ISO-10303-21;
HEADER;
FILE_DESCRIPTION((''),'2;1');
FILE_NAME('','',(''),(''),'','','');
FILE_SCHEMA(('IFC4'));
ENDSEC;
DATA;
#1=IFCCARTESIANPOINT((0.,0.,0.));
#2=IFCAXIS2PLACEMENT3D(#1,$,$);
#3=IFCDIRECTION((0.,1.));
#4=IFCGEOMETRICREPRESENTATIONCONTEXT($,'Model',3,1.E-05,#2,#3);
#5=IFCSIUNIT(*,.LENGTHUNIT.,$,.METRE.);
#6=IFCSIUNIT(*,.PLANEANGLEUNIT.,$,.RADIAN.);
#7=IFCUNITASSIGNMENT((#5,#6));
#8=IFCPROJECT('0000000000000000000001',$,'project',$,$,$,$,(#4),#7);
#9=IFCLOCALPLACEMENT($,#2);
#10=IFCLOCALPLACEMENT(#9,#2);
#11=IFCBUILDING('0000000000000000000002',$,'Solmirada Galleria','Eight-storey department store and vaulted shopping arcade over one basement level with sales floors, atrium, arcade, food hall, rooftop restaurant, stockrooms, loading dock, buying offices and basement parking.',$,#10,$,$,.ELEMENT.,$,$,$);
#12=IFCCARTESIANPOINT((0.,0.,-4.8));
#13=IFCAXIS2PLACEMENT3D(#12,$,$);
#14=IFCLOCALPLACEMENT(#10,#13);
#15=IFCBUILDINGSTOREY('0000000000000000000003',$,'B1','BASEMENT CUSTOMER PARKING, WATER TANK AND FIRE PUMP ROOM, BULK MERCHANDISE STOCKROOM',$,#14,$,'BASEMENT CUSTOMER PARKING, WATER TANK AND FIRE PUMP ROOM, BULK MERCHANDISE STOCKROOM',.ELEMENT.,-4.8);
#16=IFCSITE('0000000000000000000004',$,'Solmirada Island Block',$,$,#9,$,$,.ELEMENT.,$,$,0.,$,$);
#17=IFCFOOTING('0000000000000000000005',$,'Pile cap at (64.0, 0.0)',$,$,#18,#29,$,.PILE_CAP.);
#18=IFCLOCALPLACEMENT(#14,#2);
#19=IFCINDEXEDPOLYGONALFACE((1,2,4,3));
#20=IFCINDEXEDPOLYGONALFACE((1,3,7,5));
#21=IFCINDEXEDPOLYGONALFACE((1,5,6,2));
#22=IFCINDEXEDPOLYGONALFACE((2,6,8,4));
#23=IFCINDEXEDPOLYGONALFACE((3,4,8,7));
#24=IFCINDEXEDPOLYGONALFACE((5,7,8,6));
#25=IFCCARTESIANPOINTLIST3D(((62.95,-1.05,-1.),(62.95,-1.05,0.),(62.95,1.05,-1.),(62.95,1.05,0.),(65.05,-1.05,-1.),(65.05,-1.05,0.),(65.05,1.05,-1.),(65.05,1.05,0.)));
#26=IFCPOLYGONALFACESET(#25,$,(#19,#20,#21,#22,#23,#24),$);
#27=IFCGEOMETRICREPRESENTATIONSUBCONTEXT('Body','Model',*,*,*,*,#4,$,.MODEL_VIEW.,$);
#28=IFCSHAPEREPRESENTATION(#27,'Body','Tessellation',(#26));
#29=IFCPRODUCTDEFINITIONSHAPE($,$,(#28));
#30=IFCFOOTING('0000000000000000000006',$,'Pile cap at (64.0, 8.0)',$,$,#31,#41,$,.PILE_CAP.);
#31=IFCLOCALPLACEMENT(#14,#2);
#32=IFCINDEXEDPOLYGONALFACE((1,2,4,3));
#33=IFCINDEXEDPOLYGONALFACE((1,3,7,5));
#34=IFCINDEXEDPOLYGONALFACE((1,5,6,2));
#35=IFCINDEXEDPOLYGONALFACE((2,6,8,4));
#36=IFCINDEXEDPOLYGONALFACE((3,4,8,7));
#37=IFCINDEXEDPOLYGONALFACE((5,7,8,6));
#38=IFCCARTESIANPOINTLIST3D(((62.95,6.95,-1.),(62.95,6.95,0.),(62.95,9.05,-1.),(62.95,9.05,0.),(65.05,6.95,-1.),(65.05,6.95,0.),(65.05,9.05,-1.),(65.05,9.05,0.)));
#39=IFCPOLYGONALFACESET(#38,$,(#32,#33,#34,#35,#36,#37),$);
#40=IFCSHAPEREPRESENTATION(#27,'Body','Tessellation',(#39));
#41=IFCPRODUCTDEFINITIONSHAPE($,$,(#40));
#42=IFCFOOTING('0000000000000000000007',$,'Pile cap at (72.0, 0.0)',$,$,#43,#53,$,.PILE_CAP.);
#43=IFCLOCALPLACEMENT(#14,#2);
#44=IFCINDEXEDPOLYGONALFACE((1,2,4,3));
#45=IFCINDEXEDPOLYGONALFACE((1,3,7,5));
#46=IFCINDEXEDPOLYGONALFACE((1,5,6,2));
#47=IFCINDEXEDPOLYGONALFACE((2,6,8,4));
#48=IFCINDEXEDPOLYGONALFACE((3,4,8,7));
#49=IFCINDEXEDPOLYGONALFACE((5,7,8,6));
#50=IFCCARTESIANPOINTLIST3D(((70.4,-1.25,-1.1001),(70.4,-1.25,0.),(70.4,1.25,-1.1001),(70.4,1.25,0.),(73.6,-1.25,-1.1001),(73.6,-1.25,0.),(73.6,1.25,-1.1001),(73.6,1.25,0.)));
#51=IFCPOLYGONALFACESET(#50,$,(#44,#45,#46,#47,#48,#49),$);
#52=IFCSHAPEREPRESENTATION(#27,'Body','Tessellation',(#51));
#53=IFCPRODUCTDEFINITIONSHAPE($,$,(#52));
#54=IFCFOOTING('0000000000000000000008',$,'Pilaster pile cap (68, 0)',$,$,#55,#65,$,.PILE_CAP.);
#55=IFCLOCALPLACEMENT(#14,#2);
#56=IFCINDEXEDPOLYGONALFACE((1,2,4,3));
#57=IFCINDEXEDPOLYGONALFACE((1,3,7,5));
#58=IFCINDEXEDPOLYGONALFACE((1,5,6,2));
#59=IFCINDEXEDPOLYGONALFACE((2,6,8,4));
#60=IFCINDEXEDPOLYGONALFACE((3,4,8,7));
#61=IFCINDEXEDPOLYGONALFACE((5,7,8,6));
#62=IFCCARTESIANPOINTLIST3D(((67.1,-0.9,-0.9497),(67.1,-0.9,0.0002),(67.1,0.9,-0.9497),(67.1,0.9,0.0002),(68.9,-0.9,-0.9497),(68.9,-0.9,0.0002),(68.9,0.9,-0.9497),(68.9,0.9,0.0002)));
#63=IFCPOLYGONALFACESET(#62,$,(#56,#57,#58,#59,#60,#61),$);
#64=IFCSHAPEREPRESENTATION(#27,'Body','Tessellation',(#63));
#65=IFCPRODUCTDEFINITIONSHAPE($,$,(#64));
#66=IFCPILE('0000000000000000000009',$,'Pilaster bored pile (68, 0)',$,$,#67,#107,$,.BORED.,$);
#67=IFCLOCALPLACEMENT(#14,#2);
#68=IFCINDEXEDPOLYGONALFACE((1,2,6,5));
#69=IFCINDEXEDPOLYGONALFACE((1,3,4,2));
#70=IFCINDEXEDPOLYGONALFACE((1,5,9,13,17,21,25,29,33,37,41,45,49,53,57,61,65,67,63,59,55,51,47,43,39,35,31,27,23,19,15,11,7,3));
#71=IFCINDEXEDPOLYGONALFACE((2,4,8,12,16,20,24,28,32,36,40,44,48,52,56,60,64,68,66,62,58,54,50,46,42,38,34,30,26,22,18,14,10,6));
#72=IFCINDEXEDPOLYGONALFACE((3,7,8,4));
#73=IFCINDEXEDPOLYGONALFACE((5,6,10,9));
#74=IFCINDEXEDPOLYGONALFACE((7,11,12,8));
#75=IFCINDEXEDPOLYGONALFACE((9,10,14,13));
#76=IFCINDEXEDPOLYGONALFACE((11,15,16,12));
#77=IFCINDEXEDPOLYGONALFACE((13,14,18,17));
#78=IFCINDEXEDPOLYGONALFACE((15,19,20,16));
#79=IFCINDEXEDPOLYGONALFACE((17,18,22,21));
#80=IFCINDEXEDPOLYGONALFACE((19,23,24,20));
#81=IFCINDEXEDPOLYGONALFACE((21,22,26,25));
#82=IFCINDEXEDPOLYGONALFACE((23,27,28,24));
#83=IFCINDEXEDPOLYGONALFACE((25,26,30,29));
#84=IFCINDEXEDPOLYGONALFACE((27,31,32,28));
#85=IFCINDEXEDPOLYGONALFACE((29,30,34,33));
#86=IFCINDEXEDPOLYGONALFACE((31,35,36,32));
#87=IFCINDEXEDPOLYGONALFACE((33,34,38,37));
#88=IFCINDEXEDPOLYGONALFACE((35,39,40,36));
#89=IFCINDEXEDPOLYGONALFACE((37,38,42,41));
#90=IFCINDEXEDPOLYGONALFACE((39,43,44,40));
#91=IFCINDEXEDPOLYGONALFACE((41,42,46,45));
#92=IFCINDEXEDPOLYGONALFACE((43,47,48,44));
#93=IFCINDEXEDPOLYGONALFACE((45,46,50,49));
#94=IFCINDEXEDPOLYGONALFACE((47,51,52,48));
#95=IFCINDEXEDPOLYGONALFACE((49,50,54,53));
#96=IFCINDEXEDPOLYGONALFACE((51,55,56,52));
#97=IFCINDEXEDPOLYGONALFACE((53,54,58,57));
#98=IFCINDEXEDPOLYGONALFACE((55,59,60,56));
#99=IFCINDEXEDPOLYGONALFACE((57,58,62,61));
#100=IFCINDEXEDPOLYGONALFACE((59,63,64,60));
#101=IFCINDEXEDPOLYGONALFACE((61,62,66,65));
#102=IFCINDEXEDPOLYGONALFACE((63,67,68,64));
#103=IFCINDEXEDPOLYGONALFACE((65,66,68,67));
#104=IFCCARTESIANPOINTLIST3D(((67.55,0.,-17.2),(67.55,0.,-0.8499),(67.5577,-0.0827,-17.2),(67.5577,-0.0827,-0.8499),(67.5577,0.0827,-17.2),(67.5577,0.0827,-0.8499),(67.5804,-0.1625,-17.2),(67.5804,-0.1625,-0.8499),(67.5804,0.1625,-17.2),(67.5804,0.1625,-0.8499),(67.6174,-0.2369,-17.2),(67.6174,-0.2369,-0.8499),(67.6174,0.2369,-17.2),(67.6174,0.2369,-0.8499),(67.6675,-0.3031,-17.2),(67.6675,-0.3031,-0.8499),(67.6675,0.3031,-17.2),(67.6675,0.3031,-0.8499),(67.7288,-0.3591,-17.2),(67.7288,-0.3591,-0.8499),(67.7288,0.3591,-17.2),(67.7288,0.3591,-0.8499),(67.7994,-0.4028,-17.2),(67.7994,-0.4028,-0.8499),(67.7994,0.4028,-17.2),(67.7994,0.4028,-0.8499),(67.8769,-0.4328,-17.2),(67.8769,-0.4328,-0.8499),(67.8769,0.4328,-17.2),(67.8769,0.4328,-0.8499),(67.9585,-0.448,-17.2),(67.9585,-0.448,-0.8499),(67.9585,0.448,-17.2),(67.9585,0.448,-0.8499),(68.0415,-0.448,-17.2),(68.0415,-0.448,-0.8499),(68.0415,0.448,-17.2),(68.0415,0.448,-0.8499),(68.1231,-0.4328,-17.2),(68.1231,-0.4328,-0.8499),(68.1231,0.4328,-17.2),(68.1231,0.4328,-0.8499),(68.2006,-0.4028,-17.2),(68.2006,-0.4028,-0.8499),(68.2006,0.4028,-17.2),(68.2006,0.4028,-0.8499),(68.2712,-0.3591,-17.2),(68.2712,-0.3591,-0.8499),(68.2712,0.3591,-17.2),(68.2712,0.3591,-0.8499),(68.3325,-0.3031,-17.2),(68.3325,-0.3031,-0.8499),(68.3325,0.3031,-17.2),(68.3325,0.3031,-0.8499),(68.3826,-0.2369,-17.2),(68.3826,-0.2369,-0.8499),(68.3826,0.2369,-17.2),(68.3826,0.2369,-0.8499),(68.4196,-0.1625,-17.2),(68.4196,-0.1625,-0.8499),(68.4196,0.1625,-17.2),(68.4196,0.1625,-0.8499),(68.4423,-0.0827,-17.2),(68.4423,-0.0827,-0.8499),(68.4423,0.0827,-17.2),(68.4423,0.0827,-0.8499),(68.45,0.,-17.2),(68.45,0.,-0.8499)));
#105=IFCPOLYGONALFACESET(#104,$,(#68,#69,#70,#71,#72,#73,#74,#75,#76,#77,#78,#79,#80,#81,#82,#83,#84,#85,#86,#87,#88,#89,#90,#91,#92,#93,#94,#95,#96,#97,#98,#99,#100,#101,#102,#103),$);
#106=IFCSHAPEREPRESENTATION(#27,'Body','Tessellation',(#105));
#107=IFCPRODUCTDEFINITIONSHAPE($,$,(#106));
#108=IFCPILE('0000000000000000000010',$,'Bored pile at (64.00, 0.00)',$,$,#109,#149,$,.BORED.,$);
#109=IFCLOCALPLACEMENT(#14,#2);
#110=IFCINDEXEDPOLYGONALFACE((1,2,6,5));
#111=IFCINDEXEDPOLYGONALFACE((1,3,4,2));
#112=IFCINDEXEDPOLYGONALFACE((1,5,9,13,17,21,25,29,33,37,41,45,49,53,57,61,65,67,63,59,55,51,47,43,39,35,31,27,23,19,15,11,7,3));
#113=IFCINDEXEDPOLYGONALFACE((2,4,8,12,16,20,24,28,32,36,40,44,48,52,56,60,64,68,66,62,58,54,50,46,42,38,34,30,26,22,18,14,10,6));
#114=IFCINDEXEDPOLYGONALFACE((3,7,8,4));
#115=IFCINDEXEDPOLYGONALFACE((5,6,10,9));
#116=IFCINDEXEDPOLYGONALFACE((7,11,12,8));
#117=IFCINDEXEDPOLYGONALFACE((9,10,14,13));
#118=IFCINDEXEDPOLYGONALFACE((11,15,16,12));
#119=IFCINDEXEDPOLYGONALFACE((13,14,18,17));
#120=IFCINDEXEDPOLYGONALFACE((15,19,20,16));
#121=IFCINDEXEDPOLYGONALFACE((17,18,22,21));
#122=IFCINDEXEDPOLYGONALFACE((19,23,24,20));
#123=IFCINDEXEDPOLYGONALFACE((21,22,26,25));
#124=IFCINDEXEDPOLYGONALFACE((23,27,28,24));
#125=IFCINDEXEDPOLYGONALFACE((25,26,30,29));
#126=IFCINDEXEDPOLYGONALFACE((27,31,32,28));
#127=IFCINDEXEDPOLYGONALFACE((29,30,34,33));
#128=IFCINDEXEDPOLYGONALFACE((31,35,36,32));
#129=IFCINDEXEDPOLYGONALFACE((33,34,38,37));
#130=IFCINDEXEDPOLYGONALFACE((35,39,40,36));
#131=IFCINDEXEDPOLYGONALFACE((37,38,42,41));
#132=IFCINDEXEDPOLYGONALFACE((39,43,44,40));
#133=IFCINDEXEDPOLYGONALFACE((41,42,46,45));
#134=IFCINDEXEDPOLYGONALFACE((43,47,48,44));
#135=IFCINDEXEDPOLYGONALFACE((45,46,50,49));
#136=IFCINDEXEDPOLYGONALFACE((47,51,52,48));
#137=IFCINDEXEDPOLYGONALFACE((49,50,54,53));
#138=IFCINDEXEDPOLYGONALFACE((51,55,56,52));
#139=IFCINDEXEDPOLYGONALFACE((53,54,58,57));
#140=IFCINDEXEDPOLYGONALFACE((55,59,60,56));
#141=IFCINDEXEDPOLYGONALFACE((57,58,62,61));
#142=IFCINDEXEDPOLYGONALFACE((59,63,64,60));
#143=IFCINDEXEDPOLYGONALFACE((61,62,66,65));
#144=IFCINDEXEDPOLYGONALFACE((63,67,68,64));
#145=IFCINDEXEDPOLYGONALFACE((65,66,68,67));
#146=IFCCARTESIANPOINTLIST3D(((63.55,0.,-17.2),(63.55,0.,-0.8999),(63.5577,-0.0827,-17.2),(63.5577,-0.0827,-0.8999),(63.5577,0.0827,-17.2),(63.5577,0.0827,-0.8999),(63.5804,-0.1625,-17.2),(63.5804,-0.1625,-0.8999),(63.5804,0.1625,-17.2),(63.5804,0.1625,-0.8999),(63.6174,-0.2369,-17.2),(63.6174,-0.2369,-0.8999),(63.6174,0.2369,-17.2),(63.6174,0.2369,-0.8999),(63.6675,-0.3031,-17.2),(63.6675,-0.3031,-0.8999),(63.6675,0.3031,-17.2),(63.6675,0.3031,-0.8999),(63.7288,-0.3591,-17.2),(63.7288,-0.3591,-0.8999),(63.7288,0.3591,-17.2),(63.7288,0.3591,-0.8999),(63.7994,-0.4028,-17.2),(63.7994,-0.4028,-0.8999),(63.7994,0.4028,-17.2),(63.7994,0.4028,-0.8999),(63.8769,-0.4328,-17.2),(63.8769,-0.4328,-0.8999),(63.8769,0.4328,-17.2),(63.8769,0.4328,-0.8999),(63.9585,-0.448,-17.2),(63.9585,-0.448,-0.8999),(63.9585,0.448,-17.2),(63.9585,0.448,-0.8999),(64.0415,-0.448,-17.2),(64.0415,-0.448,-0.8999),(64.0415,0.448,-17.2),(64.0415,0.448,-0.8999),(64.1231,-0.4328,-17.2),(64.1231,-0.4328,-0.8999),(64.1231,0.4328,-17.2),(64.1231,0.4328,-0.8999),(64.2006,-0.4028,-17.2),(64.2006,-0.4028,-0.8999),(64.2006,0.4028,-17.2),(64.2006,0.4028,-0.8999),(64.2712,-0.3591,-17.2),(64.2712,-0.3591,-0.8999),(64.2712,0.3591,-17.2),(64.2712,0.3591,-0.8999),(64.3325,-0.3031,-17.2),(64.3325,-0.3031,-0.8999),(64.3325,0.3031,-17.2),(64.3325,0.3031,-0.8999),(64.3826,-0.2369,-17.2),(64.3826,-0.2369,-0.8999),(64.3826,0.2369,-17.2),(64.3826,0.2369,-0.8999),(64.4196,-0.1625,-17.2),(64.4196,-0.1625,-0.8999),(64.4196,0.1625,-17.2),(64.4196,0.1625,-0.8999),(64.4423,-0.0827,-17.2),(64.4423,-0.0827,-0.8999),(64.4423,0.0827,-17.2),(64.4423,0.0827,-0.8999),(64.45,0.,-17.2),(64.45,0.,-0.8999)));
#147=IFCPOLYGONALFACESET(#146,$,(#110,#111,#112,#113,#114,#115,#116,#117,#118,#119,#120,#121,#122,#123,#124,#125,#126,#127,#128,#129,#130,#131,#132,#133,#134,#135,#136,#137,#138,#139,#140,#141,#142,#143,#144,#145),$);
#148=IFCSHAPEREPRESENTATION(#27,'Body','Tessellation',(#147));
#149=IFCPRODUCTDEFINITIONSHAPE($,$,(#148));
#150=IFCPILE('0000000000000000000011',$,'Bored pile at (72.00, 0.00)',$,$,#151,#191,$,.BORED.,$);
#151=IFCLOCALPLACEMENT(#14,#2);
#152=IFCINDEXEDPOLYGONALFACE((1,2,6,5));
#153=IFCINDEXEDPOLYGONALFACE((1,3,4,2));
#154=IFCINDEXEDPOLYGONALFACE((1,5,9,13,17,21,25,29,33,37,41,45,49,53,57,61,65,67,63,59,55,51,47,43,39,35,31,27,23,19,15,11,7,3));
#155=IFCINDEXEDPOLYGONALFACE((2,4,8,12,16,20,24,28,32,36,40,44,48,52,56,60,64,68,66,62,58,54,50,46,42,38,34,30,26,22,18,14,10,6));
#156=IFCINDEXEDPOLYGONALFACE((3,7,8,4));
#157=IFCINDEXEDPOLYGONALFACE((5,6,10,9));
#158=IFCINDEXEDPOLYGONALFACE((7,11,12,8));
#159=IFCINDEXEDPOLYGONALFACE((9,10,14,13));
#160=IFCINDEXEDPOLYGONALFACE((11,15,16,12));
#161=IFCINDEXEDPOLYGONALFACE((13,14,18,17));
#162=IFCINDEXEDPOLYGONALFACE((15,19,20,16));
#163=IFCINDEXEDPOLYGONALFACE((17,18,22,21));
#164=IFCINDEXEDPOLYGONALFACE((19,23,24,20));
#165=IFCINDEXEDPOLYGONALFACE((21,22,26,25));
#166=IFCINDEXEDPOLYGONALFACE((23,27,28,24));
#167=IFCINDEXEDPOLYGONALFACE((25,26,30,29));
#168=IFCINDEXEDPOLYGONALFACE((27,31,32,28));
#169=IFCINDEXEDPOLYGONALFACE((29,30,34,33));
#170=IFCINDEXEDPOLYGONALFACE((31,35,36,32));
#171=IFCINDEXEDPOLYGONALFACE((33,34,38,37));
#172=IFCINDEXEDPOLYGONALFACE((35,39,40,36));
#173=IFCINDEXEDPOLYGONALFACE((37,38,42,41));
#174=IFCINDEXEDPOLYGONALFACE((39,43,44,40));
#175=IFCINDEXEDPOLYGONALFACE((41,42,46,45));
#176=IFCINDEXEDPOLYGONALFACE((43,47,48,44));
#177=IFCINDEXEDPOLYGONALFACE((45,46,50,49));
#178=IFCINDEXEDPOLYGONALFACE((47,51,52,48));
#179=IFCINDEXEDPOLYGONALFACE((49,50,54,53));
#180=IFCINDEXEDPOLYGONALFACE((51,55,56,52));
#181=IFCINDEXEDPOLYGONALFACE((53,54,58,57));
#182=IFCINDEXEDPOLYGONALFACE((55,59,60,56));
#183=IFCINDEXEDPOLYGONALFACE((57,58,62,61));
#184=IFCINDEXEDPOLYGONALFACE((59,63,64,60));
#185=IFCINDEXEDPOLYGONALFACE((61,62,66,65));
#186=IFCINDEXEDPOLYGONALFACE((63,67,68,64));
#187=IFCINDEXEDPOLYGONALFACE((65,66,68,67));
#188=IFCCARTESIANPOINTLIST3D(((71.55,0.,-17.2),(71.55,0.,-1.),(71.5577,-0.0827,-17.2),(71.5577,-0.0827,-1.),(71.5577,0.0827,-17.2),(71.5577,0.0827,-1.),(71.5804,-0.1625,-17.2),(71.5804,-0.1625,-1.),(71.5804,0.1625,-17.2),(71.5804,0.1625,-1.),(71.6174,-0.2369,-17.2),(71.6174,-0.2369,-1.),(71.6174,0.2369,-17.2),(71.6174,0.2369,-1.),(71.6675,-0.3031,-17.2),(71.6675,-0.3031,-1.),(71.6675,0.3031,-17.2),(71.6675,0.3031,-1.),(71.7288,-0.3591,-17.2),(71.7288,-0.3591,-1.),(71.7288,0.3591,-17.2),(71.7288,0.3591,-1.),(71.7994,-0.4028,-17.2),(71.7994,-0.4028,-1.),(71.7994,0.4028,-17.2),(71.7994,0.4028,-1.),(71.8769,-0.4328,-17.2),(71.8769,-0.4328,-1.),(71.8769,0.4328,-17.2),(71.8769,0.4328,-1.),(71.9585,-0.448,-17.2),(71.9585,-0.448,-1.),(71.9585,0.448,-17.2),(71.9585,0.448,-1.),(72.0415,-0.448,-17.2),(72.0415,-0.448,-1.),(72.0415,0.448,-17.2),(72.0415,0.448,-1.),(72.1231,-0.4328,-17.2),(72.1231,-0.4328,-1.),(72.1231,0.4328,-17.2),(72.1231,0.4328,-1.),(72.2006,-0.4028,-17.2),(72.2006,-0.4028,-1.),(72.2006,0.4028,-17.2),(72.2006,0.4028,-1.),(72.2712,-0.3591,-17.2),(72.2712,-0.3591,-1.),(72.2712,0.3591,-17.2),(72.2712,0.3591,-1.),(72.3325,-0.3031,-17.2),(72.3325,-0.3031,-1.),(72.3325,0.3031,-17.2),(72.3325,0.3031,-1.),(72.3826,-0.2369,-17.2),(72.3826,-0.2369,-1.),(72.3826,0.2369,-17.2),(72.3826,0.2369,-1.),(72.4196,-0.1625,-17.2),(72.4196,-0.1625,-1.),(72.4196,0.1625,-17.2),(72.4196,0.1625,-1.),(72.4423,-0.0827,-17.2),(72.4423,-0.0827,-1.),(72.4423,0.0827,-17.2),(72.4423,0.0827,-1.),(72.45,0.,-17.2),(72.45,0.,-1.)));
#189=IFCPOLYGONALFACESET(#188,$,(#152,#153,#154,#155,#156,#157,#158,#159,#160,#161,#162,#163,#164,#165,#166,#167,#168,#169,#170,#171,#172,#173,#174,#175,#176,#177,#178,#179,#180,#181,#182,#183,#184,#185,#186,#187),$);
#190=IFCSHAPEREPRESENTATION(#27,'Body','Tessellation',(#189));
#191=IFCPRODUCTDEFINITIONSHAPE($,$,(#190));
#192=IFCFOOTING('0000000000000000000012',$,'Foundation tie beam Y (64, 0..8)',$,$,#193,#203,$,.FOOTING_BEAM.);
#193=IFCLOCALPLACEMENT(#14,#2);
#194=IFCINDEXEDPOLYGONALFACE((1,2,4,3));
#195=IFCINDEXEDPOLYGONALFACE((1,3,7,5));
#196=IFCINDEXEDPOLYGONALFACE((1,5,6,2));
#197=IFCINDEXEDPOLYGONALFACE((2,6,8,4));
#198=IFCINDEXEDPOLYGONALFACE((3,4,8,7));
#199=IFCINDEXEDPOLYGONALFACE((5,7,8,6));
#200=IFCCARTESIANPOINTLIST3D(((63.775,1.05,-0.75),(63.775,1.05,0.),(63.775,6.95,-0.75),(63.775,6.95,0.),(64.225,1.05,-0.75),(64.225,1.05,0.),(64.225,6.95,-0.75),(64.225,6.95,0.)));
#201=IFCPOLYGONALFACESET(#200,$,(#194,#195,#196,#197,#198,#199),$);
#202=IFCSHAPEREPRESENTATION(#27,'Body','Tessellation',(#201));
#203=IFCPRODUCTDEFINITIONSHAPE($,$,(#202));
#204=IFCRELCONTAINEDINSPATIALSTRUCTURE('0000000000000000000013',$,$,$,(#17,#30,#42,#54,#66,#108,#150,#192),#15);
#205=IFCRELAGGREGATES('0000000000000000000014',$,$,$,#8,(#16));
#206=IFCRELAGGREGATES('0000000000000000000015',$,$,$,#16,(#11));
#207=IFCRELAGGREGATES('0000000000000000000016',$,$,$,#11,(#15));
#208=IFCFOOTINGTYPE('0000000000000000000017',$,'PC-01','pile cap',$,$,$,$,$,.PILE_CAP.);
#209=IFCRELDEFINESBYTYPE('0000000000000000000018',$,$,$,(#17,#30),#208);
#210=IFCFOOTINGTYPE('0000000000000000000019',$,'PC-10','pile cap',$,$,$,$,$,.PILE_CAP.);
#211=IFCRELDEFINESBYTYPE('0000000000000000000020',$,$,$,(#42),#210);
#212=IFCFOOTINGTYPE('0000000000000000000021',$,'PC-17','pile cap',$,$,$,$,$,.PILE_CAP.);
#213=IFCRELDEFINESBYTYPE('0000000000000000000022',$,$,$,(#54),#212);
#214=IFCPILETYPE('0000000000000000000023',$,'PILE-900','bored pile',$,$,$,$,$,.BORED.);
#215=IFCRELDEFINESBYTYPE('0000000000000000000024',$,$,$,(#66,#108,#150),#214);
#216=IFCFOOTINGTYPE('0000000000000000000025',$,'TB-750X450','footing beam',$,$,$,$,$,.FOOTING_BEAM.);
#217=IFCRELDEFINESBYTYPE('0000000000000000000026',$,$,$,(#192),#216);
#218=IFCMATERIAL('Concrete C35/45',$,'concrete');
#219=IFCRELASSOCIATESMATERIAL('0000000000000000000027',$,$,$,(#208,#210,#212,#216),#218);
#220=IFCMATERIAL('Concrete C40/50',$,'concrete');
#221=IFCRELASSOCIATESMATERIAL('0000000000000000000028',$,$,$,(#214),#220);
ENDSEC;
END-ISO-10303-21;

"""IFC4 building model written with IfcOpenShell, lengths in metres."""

from ifc_helpers import new_model, si_unit, direction, frame, origin, origin_2d, place, context, subcontext, project, spatial, rectangle, circle, extrude, material, material_profile, profile_set, type_object, element, save


model = new_model("IFC4")

# Units and contexts
model_context = context("Model", 3, precision=1e-05, world=origin(), true_north=direction((0.0, 1.0)))
body_context = subcontext(model_context, "Body", "Model", "MODEL_VIEW")
ifc_project = project(units=[si_unit("LENGTHUNIT", "METRE"), si_unit("PLANEANGLEUNIT", "RADIAN")], contexts=[model_context])

# Site, building, storey
site_placement = place(None, origin())
site = spatial("IfcSite", under=ifc_project, at=site_placement, Name="Solmirada Island Block", CompositionType="ELEMENT", RefElevation=0.0)
building_placement = place(site_placement, origin())
building = spatial("IfcBuilding", under=site, at=building_placement, Name="Solmirada Galleria", Description="Eight-storey department store and vaulted shopping arcade over one basement level with sales floors, atrium, arcade, food hall, rooftop restaurant, stockrooms, loading dock, buying offices and basement parking.", CompositionType="ELEMENT")
storey_placement = place(building_placement, frame((0.0, 0.0, -4.8)))
storey = spatial("IfcBuildingStorey", under=building, at=storey_placement, Name="B1", Description="BASEMENT CUSTOMER PARKING, WATER TANK AND FIRE PUMP ROOM, BULK MERCHANDISE STOCKROOM", LongName="BASEMENT CUSTOMER PARKING, WATER TANK AND FIRE PUMP ROOM, BULK MERCHANDISE STOCKROOM", CompositionType="ELEMENT", Elevation=-4.8)

# Footings
ifc_material_1 = material(Name="Concrete C35/45", Category="concrete")
footing_type_1 = type_object("IfcFootingType", Name="PC-01", Description="pile cap", PredefinedType="PILE_CAP", material=ifc_material_1)
for number, where, z_axis, x_axis, name in (
    (1, (64.0, 0.0, -1.0), (0.0, 0.0, 1.0), (1.0, 0.0, 0.0), "Pile cap at (64.0, 0.0)"),
    (2, (64.0, 8.0, -1.0), (0.0, 0.0, 1.0), (1.0, 0.0, 0.0), "Pile cap at (64.0, 8.0)"),
):
    element("IfcFooting", number, at=place(storey_placement, frame(where, z_axis=z_axis, x_axis=x_axis)), inside=storey, type_object=footing_type_1, Name=name, PredefinedType="PILE_CAP", context=body_context, shape_type="SweptSolid", body=[
        extrude(rectangle(XDim=2.1001, YDim=2.1001, at=origin_2d()), origin(), (0.0, 0.0, 1.0), 1.0),
    ])
footing_type_2 = type_object("IfcFootingType", Name="PC-10", Description="pile cap", PredefinedType="PILE_CAP", material=ifc_material_1)
footing_1_placement = place(storey_placement, frame((72.0, 0.0, -1.1001), z_axis=(0.0, 0.0, 1.0), x_axis=(1.0, 0.0, 0.0)))
element("IfcFooting", 3, at=footing_1_placement, inside=storey, type_object=footing_type_2, Name="Pile cap at (72.0, 0.0)", PredefinedType="PILE_CAP", context=body_context, shape_type="SweptSolid", body=[
    extrude(rectangle(XDim=3.2, YDim=2.5, at=origin_2d()), origin(), (0.0, 0.0, 1.0), 1.1001),
])
footing_type_3 = type_object("IfcFootingType", Name="PC-17", Description="pile cap", PredefinedType="PILE_CAP", material=ifc_material_1)
footing_2_placement = place(storey_placement, frame((68.0, 0.0, -0.9497), z_axis=(0.0, 0.0, 1.0), x_axis=(1.0, 0.0, 0.0)))
element("IfcFooting", 4, at=footing_2_placement, inside=storey, type_object=footing_type_3, Name="Pilaster pile cap (68, 0)", PredefinedType="PILE_CAP", context=body_context, shape_type="SweptSolid", body=[
    extrude(rectangle(XDim=1.8, YDim=1.8, at=origin_2d()), origin(), (0.0, 0.0, 1.0), 0.95),
])

# Piles
ifc_material_2 = material(Name="Concrete C40/50", Category="concrete")
ifc_material_profile_1 = material_profile(ifc_material_2, circle(Radius=0.45, at=origin_2d()), Name="PILE900")
ifc_profile_set_1 = profile_set([ifc_material_profile_1], Name="Concrete C40/50")
pile_type = type_object("IfcPileType", Name="PILE-900", Description="bored pile", PredefinedType="BORED", material=ifc_profile_set_1)
pile_1_placement = place(storey_placement, frame((68.0, 0.0, -0.8499), z_axis=(0.0, 0.0, -1.0), x_axis=(1.0, 0.0, 0.0)))
element("IfcPile", 5, at=pile_1_placement, inside=storey, type_object=pile_type, Name="Pilaster bored pile (68, 0)", PredefinedType="BORED", context=body_context, shape_type="SweptSolid", body=[
    extrude(circle(Radius=0.45, at=origin_2d()), origin(), (0.0, 0.0, 1.0), 16.3501),
])
pile_2_placement = place(storey_placement, frame((64.0, 0.0, -0.8999), z_axis=(0.0, 0.0, -1.0), x_axis=(1.0, 0.0, 0.0)))
element("IfcPile", 6, at=pile_2_placement, inside=storey, type_object=pile_type, Name="Bored pile at (64.00, 0.00)", PredefinedType="BORED", context=body_context, shape_type="SweptSolid", body=[
    extrude(circle(Radius=0.45, at=origin_2d()), origin(), (0.0, 0.0, 1.0), 16.3),
])
pile_3_placement = place(storey_placement, frame((72.0, 0.0, -1.0), z_axis=(0.0, 0.0, -1.0), x_axis=(1.0, 0.0, 0.0)))
element("IfcPile", 7, at=pile_3_placement, inside=storey, type_object=pile_type, Name="Bored pile at (72.00, 0.00)", PredefinedType="BORED", context=body_context, shape_type="SweptSolid", body=[
    extrude(circle(Radius=0.45, at=origin_2d()), origin(), (0.0, 0.0, 1.0), 16.2),
])

# Footing
ifc_material_profile_2 = material_profile(ifc_material_1, rectangle(XDim=0.45, YDim=0.75, at=origin_2d()), Name="RC750X450")
ifc_profile_set_2 = profile_set([ifc_material_profile_2], Name="Concrete C35/45")
footing_type_4 = type_object("IfcFootingType", Name="TB-750X450", Description="footing beam", PredefinedType="FOOTING_BEAM", material=ifc_profile_set_2)
footing_3_placement = place(storey_placement, frame((64.0, 1.05, -0.375), z_axis=(0.0, 1.0, 0.0), x_axis=(-1.0, 0.0, 0.0)))
element("IfcFooting", 8, at=footing_3_placement, inside=storey, type_object=footing_type_4, Name="Foundation tie beam Y (64, 0..8)", PredefinedType="FOOTING_BEAM", context=body_context, shape_type="SweptSolid", body=[
    extrude(rectangle(XDim=0.45, YDim=0.75, at=origin_2d()), origin(), (0.0, 0.0, 1.0), 5.8999),
])

save(model, "model.ifc")
